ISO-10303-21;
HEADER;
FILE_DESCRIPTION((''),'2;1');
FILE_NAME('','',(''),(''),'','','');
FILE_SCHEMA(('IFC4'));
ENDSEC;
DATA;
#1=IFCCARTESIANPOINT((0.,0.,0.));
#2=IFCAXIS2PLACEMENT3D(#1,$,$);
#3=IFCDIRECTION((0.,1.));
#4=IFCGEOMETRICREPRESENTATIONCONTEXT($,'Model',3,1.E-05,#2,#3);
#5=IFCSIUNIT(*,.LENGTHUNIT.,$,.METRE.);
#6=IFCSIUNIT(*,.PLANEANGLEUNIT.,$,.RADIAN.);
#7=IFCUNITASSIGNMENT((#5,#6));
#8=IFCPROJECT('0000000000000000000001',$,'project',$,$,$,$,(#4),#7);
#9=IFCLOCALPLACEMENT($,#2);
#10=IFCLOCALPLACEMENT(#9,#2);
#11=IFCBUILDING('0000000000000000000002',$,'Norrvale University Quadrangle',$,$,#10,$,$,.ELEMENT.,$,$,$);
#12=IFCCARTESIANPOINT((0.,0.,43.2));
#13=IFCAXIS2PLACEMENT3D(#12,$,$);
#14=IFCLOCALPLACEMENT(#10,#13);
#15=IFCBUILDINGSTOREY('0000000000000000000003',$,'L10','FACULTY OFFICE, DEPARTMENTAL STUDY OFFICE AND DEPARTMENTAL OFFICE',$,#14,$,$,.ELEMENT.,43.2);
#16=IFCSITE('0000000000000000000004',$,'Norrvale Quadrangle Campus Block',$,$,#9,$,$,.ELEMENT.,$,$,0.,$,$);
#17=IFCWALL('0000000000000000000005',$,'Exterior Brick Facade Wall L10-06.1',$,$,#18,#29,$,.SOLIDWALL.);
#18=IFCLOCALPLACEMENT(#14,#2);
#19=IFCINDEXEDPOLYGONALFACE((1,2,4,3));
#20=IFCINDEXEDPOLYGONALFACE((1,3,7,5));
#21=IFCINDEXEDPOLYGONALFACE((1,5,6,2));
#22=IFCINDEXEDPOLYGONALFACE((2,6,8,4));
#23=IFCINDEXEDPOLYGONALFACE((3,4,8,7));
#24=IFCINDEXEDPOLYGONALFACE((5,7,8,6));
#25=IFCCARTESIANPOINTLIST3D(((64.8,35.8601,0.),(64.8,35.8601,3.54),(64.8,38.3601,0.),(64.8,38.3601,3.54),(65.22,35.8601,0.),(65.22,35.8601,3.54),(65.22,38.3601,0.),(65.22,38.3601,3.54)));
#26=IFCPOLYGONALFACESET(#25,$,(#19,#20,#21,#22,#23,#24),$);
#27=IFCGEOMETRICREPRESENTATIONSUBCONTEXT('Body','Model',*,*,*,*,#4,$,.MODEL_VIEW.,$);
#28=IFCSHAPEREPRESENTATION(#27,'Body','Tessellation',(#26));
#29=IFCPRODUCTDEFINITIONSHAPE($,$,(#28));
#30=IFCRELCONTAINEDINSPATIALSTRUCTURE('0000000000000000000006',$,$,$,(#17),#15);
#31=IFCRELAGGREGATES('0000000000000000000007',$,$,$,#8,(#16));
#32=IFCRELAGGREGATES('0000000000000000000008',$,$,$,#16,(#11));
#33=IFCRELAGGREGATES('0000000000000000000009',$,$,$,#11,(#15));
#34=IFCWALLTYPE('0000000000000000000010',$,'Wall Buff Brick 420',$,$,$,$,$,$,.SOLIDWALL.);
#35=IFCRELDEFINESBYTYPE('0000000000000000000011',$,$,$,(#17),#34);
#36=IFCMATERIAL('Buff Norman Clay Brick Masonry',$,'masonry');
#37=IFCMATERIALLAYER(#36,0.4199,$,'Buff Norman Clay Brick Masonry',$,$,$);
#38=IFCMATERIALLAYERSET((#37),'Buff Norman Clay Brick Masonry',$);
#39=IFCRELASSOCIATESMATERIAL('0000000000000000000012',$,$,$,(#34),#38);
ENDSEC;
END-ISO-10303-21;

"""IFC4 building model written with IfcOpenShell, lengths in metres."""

from ifc_helpers import new_model, si_unit, direction, frame, frame_2d, origin, place, context, subcontext, project, spatial, rectangle, extrude, material, layer, layer_set, type_object, element, save


model = new_model("IFC4")

# Units and contexts
model_context = context("Model", 3, precision=1e-05, world=origin(), true_north=direction((0.0, 1.0)))
body_context = subcontext(model_context, "Body", "Model", "MODEL_VIEW")
ifc_project = project(units=[si_unit("LENGTHUNIT", "METRE"), si_unit("PLANEANGLEUNIT", "RADIAN")], contexts=[model_context])

# Site, building, storey
site_placement = place(None, origin())
site = spatial("IfcSite", under=ifc_project, at=site_placement, Name="Norrvale Quadrangle Campus Block", CompositionType="ELEMENT", RefElevation=0.0)
building_placement = place(site_placement, origin())
building = spatial("IfcBuilding", under=site, at=building_placement, Name="Norrvale University Quadrangle", CompositionType="ELEMENT")
storey_placement = place(building_placement, frame((0.0, 0.0, 43.2)))
storey = spatial("IfcBuildingStorey", under=building, at=storey_placement, Name="L10", Description="FACULTY OFFICE, DEPARTMENTAL STUDY OFFICE AND DEPARTMENTAL OFFICE", CompositionType="ELEMENT", Elevation=43.2)

# Wall
ifc_material_1 = material(Name="Buff Norman Clay Brick Masonry", Category="masonry")
ifc_layer = layer(ifc_material_1, 0.4199, Name="Buff Norman Clay Brick Masonry")
ifc_layer_set = layer_set([ifc_layer], Name="Buff Norman Clay Brick Masonry")
wall_type = type_object("IfcWallType", Name="Wall Buff Brick 420", PredefinedType="SOLIDWALL", material=ifc_layer_set)
for number, where, z_axis, x_axis, name in (
    (1, (65.01, 35.8601, 0.0), (0.0, 0.0, 1.0), (0.0, 1.0, 0.0), "Exterior Brick Facade Wall L10-06.1"),
):
    element("IfcWall", number, at=place(storey_placement, frame(where, z_axis=z_axis, x_axis=x_axis)), inside=storey, type_object=wall_type, Name=name, PredefinedType="SOLIDWALL", context=body_context, shape_type="SweptSolid", body=[
        extrude(rectangle(XDim=2.5, YDim=0.4199, at=frame_2d((1.25, 0.0))), origin(), (0.0, 0.0, 1.0), 3.54),
    ])

save(model, "model.ifc")
